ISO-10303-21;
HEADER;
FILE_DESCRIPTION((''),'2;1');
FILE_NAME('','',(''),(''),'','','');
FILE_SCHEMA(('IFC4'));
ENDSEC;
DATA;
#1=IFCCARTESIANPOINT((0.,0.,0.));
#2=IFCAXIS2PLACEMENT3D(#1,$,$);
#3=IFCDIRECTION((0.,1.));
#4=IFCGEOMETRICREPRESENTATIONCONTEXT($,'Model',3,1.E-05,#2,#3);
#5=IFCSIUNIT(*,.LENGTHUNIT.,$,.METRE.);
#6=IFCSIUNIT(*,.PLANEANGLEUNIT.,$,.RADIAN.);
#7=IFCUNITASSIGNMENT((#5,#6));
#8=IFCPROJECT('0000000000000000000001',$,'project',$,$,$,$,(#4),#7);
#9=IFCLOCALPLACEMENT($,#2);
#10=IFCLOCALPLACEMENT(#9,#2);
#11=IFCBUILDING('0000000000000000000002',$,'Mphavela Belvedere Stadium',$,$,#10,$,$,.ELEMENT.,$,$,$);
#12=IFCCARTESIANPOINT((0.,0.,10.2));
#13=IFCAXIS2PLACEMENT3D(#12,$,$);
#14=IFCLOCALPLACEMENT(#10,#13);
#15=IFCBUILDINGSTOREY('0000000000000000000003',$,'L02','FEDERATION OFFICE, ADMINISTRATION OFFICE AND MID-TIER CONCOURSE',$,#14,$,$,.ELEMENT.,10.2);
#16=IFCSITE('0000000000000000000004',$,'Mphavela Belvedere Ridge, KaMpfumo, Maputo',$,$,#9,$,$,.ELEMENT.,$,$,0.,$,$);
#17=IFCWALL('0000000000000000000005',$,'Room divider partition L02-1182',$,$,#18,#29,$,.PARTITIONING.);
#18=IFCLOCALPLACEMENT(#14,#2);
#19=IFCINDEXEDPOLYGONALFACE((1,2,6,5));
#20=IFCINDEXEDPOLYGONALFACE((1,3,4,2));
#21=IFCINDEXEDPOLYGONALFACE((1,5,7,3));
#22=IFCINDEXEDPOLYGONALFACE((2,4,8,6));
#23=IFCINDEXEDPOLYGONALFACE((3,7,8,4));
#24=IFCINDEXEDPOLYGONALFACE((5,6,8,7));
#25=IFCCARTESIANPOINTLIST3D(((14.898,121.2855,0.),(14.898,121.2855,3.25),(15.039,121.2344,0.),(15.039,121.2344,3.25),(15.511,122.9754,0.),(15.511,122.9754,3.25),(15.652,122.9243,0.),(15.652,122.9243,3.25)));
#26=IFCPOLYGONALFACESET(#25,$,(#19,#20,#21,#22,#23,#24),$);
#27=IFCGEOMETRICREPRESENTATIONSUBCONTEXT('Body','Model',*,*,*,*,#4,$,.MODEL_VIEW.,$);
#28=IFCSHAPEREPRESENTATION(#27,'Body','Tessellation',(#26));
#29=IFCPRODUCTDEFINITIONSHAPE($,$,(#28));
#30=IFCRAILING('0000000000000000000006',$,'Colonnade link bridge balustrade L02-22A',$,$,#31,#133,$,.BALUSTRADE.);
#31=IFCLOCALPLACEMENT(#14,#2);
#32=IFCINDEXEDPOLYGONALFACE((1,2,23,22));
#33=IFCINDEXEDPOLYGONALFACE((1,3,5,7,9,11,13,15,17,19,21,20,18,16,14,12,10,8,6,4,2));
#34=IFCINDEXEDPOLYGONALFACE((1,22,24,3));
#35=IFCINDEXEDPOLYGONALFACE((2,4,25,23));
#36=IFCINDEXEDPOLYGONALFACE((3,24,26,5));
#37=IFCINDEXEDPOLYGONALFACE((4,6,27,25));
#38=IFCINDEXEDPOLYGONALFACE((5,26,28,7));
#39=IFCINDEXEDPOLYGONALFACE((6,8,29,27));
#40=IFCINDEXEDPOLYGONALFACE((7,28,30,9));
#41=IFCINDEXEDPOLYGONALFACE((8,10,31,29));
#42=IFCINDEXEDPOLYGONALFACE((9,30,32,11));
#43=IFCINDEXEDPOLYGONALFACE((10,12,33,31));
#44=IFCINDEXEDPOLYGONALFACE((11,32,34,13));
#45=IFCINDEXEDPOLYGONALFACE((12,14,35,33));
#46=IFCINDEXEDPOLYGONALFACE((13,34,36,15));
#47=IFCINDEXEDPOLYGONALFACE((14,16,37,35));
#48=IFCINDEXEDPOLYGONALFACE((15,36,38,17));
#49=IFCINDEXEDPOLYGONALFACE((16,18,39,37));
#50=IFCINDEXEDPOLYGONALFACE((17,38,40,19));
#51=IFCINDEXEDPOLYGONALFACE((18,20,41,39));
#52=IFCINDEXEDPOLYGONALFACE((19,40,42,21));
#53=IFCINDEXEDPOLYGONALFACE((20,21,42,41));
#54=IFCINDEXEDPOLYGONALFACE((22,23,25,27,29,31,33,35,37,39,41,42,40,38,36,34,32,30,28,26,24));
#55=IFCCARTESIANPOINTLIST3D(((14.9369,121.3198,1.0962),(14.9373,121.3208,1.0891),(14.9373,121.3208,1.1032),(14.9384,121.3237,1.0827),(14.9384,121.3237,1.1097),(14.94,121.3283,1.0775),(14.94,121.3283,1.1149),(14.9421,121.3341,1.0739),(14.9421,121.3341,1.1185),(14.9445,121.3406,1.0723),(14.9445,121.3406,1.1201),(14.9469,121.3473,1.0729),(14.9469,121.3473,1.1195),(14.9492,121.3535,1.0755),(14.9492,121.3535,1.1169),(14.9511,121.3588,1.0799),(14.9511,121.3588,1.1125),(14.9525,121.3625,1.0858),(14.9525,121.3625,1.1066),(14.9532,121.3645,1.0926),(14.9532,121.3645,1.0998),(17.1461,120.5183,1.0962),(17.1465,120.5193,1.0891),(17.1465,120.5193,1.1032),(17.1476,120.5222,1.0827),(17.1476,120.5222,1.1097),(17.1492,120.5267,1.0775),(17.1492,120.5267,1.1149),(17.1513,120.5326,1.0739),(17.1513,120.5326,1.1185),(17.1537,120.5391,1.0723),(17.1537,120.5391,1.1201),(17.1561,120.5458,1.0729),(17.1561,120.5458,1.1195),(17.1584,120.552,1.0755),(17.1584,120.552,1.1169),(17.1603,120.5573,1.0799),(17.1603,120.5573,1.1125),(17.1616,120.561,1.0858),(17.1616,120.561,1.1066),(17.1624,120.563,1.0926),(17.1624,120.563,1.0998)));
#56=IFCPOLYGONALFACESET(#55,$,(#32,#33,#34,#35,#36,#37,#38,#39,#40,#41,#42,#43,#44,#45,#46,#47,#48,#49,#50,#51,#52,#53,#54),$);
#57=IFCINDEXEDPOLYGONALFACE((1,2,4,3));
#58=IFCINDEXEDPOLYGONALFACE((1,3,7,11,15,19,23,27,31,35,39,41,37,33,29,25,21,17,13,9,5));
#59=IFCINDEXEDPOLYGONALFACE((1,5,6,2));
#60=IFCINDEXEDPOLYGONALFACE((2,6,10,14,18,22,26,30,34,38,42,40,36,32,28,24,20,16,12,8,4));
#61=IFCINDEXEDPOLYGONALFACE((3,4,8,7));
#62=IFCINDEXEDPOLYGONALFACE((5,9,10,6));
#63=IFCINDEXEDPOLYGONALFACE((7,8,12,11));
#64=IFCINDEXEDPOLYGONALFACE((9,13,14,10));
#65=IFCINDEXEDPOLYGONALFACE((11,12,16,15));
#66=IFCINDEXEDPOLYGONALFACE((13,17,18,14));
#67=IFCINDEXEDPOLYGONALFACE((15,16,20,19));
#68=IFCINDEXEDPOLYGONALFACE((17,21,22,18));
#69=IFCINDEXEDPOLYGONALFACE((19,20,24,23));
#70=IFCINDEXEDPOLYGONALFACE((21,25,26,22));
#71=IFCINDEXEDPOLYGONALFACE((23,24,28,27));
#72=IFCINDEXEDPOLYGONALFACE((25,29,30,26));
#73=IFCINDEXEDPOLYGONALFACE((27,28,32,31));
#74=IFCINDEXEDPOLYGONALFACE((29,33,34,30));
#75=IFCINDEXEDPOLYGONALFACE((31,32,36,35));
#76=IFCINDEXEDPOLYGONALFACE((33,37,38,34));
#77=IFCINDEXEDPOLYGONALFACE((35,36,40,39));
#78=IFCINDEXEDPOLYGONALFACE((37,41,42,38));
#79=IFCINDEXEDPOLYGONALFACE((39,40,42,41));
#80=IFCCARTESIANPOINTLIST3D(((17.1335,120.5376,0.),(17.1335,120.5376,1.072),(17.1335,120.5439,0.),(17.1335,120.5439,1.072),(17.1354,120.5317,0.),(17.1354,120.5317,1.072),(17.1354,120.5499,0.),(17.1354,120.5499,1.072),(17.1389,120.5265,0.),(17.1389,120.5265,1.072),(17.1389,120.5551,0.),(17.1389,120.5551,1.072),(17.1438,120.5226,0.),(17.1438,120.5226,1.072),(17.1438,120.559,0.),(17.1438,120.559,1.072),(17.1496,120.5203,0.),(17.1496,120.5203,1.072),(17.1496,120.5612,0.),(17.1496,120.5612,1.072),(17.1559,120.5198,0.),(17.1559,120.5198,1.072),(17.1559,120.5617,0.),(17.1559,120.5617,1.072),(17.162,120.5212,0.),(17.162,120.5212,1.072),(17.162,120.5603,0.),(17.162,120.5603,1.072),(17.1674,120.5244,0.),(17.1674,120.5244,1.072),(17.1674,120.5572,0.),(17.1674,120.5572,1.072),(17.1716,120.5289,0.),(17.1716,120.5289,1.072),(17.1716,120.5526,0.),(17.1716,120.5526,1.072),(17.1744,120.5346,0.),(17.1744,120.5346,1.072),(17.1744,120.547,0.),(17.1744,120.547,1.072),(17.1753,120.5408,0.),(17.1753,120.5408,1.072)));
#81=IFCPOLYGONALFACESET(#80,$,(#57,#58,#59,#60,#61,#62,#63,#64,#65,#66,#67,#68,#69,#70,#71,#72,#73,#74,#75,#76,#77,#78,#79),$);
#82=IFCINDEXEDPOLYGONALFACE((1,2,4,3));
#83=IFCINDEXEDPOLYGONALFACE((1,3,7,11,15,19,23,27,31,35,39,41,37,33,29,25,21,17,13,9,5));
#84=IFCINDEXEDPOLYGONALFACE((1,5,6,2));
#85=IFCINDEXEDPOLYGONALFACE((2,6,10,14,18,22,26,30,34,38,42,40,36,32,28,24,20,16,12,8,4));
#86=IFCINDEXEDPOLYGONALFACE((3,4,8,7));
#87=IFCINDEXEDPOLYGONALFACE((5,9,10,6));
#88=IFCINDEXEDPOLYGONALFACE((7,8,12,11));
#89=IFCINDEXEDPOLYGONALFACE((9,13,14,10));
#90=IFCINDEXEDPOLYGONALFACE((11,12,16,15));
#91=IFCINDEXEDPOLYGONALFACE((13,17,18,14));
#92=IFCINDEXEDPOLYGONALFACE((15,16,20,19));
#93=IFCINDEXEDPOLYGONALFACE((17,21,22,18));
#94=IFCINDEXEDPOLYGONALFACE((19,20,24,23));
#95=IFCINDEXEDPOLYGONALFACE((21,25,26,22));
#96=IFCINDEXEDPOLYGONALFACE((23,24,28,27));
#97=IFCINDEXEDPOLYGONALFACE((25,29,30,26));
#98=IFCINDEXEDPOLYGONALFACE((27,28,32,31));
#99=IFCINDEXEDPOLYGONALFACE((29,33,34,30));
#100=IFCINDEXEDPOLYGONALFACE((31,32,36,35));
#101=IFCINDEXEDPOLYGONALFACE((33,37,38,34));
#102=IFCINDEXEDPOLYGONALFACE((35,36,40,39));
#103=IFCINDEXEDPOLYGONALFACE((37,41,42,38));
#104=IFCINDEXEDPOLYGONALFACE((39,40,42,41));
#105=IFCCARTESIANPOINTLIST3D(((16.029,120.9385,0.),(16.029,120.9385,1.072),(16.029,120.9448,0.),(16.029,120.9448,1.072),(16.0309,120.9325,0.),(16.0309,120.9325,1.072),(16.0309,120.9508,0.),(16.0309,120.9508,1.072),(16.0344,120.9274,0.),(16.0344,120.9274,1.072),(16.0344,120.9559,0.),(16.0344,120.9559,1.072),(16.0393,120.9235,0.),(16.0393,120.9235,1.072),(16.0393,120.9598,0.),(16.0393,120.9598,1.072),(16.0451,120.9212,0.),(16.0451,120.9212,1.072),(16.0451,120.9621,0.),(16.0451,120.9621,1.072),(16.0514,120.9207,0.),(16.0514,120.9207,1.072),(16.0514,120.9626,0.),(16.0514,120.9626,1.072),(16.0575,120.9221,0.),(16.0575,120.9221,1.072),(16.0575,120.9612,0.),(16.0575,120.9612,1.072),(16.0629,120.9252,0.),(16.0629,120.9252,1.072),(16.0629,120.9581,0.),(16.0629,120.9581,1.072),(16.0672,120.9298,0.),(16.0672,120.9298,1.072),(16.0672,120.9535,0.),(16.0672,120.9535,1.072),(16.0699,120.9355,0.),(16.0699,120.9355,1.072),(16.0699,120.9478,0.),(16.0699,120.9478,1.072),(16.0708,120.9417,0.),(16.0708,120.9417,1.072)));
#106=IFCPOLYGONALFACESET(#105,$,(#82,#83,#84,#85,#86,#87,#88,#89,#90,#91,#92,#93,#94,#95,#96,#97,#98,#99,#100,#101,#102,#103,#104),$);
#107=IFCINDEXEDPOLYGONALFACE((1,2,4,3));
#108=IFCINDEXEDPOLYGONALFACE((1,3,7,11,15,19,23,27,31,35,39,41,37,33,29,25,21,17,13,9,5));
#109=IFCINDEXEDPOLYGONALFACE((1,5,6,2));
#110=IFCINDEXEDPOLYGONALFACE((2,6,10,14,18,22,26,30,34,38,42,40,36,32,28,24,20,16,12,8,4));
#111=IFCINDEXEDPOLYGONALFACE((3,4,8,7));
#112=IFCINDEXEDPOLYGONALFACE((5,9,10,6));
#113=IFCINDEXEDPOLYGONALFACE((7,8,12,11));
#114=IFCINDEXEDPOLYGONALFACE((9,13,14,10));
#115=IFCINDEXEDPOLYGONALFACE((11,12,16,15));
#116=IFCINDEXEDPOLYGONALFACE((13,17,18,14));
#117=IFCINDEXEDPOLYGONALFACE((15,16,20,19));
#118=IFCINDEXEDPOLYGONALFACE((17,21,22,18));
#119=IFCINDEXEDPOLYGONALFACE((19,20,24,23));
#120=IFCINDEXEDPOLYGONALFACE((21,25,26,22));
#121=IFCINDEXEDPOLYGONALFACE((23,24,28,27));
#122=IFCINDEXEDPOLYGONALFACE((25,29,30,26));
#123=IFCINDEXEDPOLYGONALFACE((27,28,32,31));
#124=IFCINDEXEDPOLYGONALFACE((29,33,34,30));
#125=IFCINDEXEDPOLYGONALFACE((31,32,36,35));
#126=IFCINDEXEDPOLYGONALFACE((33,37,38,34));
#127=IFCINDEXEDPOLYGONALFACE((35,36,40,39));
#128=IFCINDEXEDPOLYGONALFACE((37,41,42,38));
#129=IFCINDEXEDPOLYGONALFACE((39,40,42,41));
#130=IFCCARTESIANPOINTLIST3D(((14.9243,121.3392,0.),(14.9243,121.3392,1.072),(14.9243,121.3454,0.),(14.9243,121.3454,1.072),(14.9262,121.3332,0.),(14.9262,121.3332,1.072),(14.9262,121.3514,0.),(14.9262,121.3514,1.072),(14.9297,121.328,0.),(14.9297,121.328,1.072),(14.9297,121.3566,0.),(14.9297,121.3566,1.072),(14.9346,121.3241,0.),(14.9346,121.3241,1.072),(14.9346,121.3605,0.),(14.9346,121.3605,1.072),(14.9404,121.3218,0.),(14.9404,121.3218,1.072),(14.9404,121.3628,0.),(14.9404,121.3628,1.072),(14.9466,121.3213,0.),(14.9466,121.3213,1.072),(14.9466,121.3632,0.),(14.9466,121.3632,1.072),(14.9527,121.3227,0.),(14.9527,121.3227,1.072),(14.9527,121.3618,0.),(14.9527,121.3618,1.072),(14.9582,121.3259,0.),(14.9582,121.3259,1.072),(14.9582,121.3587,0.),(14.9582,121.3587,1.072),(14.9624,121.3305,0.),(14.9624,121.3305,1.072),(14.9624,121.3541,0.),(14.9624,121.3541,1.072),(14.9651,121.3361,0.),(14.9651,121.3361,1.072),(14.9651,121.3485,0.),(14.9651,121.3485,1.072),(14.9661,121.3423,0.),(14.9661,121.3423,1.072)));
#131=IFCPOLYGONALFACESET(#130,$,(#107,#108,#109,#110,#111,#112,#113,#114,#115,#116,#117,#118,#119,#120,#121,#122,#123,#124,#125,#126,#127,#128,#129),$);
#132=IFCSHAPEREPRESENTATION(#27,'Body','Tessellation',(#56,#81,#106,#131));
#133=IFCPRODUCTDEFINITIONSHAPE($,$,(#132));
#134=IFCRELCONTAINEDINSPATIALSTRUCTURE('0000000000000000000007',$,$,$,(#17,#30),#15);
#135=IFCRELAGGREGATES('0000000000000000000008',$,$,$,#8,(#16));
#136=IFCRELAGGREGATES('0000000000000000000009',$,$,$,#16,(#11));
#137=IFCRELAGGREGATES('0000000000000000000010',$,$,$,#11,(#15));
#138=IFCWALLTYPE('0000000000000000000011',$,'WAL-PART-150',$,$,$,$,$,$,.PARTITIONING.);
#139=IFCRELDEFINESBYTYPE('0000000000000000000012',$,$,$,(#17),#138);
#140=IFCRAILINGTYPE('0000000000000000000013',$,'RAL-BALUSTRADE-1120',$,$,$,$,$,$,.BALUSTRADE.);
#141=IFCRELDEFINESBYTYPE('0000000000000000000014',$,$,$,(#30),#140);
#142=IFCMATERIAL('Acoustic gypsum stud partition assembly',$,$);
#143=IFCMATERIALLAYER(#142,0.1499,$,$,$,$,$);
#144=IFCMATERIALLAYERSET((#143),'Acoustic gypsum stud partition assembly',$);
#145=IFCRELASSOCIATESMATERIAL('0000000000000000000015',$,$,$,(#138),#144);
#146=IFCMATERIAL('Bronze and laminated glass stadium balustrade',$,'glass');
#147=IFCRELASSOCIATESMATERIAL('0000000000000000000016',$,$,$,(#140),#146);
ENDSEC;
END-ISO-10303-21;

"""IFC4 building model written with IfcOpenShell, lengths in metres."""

from ifc_helpers import new_model, si_unit, direction, frame, frame_2d, origin, origin_2d, place, context, subcontext, project, spatial, rectangle, circle, extrude, material, layer, layer_set, type_object, element, save


model = new_model("IFC4")

# Units and contexts
model_context = context("Model", 3, precision=1e-05, world=origin(), true_north=direction((0.0, 1.0)))
body_context = subcontext(model_context, "Body", "Model", "MODEL_VIEW")
ifc_project = project(units=[si_unit("LENGTHUNIT", "METRE"), si_unit("PLANEANGLEUNIT", "RADIAN")], contexts=[model_context])

# Site, building, storey
site_placement = place(None, origin())
site = spatial("IfcSite", under=ifc_project, at=site_placement, Name="Mphavela Belvedere Ridge, KaMpfumo, Maputo", CompositionType="ELEMENT", RefElevation=0.0)
building_placement = place(site_placement, origin())
building = spatial("IfcBuilding", under=site, at=building_placement, Name="Mphavela Belvedere Stadium", CompositionType="ELEMENT")
storey_placement = place(building_placement, frame((0.0, 0.0, 10.2)))
storey = spatial("IfcBuildingStorey", under=building, at=storey_placement, Name="L02", Description="FEDERATION OFFICE, ADMINISTRATION OFFICE AND MID-TIER CONCOURSE", CompositionType="ELEMENT", Elevation=10.2)

# Shared definitions
ifc_material_1 = material(Name="Acoustic gypsum stud partition assembly")
ifc_layer_1 = layer(ifc_material_1, 0.1499)
ifc_layer_set_1 = layer_set([ifc_layer_1], Name="Acoustic gypsum stud partition assembly")
wall_type_1 = type_object("IfcWallType", Name="WAL-PART-150", PredefinedType="PARTITIONING", material=ifc_layer_set_1)

# Wall
wall_1_placement = place(storey_placement, frame((15.5815, 122.95, 0.0), z_axis=(0.0, 0.0, 1.0), x_axis=(-0.341012, -0.940059, 0.0)))
element("IfcWall", 1, at=wall_1_placement, inside=storey, type_object=wall_type_1, Name="Room divider partition L02-1182", PredefinedType="PARTITIONING", context=body_context, shape_type="SweptSolid", body=[
    extrude(rectangle(XDim=1.7976, YDim=0.1499, at=frame_2d((0.8989, 0.0))), origin(), (0.0, 0.0, 1.0), 3.25),
])

# Railing
ifc_material_2 = material(Name="Bronze and laminated glass stadium balustrade", Category="glass")
railing_type = type_object("IfcRailingType", Name="RAL-BALUSTRADE-1120", PredefinedType="BALUSTRADE", material=ifc_material_2)
railing_1_placement = place(storey_placement, frame((17.1543, 120.5408, 0.0)))
element("IfcRailing", 2, at=railing_1_placement, inside=storey, type_object=railing_type, Name="Colonnade link bridge balustrade L02-22A", PredefinedType="BALUSTRADE", context=body_context, shape_type="SweptSolid", body=[
    extrude(circle(Radius=0.0239, at=origin_2d()), frame((0.0, 0.0, 1.0962), z_axis=(-0.940045, 0.341051, 0.0), x_axis=(-0.341051, -0.940045, 0.0)), (0.0, 0.0, 1.0), 2.3501),
    extrude(circle(Radius=0.021, at=origin_2d()), origin(), (0.0, 0.0, 1.0), 1.072),
    extrude(circle(Radius=0.021, at=origin_2d()), frame((-1.1045, 0.4009, 0.0)), (0.0, 0.0, 1.0), 1.072),
    extrude(circle(Radius=0.021, at=origin_2d()), frame((-2.2092, 0.8015, 0.0)), (0.0, 0.0, 1.0), 1.072),
])

save(model, "model.ifc")
